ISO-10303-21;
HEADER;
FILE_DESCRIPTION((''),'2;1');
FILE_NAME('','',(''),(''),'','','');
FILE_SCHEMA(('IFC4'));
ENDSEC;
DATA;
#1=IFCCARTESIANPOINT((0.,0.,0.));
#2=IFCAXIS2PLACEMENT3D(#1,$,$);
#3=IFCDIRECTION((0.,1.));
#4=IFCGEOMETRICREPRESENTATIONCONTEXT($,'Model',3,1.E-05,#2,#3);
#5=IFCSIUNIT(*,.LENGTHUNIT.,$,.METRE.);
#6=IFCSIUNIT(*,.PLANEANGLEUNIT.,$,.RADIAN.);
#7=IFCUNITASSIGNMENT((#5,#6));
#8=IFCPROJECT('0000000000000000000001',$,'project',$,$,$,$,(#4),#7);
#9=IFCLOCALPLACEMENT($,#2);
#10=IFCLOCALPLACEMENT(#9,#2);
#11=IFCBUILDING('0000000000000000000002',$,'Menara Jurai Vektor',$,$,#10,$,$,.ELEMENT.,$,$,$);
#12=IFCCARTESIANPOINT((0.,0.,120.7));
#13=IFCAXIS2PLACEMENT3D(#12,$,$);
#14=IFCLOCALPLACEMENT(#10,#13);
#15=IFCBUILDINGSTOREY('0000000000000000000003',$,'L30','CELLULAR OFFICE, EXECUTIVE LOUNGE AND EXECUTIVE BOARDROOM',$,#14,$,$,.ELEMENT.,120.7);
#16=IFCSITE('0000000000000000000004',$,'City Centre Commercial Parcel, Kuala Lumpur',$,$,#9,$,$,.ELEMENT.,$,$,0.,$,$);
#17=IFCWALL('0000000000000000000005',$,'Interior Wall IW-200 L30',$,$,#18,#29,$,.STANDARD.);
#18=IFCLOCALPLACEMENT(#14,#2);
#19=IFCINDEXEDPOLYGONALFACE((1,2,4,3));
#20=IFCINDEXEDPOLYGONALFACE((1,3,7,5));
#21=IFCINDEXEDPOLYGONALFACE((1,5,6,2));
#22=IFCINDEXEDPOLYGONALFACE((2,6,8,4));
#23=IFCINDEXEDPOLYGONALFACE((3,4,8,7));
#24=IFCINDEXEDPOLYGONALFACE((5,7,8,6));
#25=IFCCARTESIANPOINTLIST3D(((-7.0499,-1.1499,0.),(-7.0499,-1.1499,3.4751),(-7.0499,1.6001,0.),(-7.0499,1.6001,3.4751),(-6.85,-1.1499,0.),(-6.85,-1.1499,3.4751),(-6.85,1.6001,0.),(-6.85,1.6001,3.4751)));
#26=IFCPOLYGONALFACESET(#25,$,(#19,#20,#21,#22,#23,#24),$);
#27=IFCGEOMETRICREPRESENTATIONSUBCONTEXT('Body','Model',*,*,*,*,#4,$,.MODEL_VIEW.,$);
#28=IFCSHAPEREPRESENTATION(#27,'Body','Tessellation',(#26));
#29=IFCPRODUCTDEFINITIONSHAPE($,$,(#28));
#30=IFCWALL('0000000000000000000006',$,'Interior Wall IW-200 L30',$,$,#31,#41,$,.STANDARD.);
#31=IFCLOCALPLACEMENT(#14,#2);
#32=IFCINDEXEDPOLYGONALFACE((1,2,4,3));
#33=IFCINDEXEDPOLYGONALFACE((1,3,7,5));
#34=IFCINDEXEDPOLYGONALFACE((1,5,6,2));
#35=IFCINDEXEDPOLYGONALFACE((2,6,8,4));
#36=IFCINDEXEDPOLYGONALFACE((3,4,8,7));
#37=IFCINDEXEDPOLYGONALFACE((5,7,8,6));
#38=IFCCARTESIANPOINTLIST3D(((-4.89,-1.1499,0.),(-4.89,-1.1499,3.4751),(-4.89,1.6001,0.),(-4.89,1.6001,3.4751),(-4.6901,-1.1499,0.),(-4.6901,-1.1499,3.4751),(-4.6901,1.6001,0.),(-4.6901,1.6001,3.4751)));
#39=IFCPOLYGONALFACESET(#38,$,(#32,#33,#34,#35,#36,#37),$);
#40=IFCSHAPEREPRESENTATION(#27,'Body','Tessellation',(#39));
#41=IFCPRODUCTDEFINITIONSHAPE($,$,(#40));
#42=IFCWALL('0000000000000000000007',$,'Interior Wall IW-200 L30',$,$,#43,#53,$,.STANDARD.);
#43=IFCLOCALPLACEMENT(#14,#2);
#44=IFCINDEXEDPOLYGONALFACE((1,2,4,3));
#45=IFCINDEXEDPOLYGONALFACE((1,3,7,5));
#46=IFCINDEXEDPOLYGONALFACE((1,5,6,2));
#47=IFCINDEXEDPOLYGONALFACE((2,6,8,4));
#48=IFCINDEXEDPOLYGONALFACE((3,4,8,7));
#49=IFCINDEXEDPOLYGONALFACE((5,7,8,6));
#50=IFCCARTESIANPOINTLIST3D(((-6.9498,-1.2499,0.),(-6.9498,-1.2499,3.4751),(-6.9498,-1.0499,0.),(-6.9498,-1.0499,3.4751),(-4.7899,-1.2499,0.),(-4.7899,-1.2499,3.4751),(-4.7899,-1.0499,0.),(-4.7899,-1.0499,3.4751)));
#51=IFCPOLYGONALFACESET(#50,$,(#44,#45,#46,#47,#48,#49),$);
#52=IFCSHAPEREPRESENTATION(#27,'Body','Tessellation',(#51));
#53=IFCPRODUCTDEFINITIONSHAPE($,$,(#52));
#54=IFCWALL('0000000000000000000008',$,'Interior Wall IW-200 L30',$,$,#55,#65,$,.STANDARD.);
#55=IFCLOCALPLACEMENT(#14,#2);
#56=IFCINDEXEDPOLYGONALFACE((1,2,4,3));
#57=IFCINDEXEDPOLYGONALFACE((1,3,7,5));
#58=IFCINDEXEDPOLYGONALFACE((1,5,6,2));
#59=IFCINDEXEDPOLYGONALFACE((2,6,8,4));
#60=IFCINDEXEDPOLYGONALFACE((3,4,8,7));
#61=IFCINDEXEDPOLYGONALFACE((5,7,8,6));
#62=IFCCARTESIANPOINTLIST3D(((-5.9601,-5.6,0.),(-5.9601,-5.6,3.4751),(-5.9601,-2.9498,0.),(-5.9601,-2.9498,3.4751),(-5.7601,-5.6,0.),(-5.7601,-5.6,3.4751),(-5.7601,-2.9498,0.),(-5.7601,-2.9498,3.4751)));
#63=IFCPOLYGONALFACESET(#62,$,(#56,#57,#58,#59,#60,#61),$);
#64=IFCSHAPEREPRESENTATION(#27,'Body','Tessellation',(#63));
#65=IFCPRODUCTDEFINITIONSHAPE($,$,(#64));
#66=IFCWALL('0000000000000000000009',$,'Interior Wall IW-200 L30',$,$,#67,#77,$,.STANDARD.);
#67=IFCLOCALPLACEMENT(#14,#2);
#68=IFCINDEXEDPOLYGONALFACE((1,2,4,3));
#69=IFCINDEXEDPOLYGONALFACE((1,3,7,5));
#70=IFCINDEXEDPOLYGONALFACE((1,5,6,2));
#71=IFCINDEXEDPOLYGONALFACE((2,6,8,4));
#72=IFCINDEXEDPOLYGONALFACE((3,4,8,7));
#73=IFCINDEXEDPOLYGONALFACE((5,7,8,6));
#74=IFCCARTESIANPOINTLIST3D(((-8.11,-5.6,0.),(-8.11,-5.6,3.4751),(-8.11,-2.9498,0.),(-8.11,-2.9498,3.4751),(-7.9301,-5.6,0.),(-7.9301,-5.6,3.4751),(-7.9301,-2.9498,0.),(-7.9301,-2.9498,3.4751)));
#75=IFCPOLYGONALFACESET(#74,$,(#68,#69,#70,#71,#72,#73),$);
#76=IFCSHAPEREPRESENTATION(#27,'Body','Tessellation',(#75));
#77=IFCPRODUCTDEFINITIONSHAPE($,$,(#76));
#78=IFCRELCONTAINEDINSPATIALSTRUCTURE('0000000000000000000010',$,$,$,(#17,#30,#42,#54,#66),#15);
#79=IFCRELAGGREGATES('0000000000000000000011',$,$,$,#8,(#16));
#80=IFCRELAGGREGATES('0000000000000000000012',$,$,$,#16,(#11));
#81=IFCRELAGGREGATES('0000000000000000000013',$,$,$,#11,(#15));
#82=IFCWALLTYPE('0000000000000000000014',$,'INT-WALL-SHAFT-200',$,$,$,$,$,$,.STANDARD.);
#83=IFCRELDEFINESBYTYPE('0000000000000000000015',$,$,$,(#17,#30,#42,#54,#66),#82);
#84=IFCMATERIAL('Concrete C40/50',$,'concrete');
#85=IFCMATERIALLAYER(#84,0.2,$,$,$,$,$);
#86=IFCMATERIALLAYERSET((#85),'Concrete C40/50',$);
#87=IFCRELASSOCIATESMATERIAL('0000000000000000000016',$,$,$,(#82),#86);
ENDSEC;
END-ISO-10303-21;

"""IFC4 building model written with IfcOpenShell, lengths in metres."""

from ifc_helpers import new_model, si_unit, direction, frame, frame_2d, origin, place, context, subcontext, project, spatial, rectangle, extrude, material, layer, layer_set, type_object, element, save


model = new_model("IFC4")

# Units and contexts
model_context = context("Model", 3, precision=1e-05, world=origin(), true_north=direction((0.0, 1.0)))
body_context = subcontext(model_context, "Body", "Model", "MODEL_VIEW")
ifc_project = project(units=[si_unit("LENGTHUNIT", "METRE"), si_unit("PLANEANGLEUNIT", "RADIAN")], contexts=[model_context])

# Site, building, storey
site_placement = place(None, origin())
site = spatial("IfcSite", under=ifc_project, at=site_placement, Name="City Centre Commercial Parcel, Kuala Lumpur", CompositionType="ELEMENT", RefElevation=0.0)
building_placement = place(site_placement, origin())
building = spatial("IfcBuilding", under=site, at=building_placement, Name="Menara Jurai Vektor", CompositionType="ELEMENT")
storey_placement = place(building_placement, frame((0.0, 0.0, 120.7)))
storey = spatial("IfcBuildingStorey", under=building, at=storey_placement, Name="L30", Description="CELLULAR OFFICE, EXECUTIVE LOUNGE AND EXECUTIVE BOARDROOM", CompositionType="ELEMENT", Elevation=120.7)

# Shared definitions
ifc_material_1 = material(Name="Concrete C40/50", Category="concrete")
ifc_layer_1 = layer(ifc_material_1, 0.2)
ifc_layer_set_1 = layer_set([ifc_layer_1], Name="Concrete C40/50")
wall_type_1 = type_object("IfcWallType", Name="INT-WALL-SHAFT-200", PredefinedType="STANDARD", material=ifc_layer_set_1)

# Walls
for number, where, z_axis, x_axis, name in (
    (1, (-6.95, -1.1499, 0.0), (0.0, 0.0, 1.0), (0.0, 1.0, 0.0), "Interior Wall IW-200 L30"),
    (2, (-4.79, -1.1499, 0.0), (0.0, 0.0, 1.0), (0.0, 1.0, 0.0), "Interior Wall IW-200 L30"),
):
    element("IfcWall", number, at=place(storey_placement, frame(where, z_axis=z_axis, x_axis=x_axis)), inside=storey, type_object=wall_type_1, Name=name, PredefinedType="STANDARD", context=body_context, shape_type="SweptSolid", body=[
        extrude(rectangle(XDim=2.75, YDim=0.2, at=frame_2d((1.375, 0.0))), origin(), (0.0, 0.0, 1.0), 3.4751),
    ])
wall_1_placement = place(storey_placement, frame((-6.95, -1.1499, 0.0), z_axis=(0.0, 0.0, 1.0), x_axis=(1.0, 0.0, 0.0)))
element("IfcWall", 3, at=wall_1_placement, inside=storey, type_object=wall_type_1, Name="Interior Wall IW-200 L30", PredefinedType="STANDARD", context=body_context, shape_type="SweptSolid", body=[
    extrude(rectangle(XDim=2.1599, YDim=0.2, at=frame_2d((1.0801, 0.0))), origin(), (0.0, 0.0, 1.0), 3.4751),
])
wall_2_placement = place(storey_placement, frame((-5.8601, -5.6001, 0.0), z_axis=(0.0, 0.0, 1.0), x_axis=(0.0, 1.0, 0.0)))
element("IfcWall", 4, at=wall_2_placement, inside=storey, type_object=wall_type_1, Name="Interior Wall IW-200 L30", PredefinedType="STANDARD", context=body_context, shape_type="SweptSolid", body=[
    extrude(rectangle(XDim=2.6501, YDim=0.2, at=frame_2d((1.3252, 0.0))), origin(), (0.0, 0.0, 1.0), 3.4751),
])
wall_3_placement = place(storey_placement, frame((-8.02, -5.6001, 0.0), z_axis=(0.0, 0.0, 1.0), x_axis=(0.0, 1.0, 0.0)))
element("IfcWall", 5, at=wall_3_placement, inside=storey, type_object=wall_type_1, Name="Interior Wall IW-200 L30", PredefinedType="STANDARD", context=body_context, shape_type="SweptSolid", body=[
    extrude(rectangle(XDim=2.6501, YDim=0.1799, at=frame_2d((1.3252, 0.0))), origin(), (0.0, 0.0, 1.0), 3.4751),
])

save(model, "model.ifc")
